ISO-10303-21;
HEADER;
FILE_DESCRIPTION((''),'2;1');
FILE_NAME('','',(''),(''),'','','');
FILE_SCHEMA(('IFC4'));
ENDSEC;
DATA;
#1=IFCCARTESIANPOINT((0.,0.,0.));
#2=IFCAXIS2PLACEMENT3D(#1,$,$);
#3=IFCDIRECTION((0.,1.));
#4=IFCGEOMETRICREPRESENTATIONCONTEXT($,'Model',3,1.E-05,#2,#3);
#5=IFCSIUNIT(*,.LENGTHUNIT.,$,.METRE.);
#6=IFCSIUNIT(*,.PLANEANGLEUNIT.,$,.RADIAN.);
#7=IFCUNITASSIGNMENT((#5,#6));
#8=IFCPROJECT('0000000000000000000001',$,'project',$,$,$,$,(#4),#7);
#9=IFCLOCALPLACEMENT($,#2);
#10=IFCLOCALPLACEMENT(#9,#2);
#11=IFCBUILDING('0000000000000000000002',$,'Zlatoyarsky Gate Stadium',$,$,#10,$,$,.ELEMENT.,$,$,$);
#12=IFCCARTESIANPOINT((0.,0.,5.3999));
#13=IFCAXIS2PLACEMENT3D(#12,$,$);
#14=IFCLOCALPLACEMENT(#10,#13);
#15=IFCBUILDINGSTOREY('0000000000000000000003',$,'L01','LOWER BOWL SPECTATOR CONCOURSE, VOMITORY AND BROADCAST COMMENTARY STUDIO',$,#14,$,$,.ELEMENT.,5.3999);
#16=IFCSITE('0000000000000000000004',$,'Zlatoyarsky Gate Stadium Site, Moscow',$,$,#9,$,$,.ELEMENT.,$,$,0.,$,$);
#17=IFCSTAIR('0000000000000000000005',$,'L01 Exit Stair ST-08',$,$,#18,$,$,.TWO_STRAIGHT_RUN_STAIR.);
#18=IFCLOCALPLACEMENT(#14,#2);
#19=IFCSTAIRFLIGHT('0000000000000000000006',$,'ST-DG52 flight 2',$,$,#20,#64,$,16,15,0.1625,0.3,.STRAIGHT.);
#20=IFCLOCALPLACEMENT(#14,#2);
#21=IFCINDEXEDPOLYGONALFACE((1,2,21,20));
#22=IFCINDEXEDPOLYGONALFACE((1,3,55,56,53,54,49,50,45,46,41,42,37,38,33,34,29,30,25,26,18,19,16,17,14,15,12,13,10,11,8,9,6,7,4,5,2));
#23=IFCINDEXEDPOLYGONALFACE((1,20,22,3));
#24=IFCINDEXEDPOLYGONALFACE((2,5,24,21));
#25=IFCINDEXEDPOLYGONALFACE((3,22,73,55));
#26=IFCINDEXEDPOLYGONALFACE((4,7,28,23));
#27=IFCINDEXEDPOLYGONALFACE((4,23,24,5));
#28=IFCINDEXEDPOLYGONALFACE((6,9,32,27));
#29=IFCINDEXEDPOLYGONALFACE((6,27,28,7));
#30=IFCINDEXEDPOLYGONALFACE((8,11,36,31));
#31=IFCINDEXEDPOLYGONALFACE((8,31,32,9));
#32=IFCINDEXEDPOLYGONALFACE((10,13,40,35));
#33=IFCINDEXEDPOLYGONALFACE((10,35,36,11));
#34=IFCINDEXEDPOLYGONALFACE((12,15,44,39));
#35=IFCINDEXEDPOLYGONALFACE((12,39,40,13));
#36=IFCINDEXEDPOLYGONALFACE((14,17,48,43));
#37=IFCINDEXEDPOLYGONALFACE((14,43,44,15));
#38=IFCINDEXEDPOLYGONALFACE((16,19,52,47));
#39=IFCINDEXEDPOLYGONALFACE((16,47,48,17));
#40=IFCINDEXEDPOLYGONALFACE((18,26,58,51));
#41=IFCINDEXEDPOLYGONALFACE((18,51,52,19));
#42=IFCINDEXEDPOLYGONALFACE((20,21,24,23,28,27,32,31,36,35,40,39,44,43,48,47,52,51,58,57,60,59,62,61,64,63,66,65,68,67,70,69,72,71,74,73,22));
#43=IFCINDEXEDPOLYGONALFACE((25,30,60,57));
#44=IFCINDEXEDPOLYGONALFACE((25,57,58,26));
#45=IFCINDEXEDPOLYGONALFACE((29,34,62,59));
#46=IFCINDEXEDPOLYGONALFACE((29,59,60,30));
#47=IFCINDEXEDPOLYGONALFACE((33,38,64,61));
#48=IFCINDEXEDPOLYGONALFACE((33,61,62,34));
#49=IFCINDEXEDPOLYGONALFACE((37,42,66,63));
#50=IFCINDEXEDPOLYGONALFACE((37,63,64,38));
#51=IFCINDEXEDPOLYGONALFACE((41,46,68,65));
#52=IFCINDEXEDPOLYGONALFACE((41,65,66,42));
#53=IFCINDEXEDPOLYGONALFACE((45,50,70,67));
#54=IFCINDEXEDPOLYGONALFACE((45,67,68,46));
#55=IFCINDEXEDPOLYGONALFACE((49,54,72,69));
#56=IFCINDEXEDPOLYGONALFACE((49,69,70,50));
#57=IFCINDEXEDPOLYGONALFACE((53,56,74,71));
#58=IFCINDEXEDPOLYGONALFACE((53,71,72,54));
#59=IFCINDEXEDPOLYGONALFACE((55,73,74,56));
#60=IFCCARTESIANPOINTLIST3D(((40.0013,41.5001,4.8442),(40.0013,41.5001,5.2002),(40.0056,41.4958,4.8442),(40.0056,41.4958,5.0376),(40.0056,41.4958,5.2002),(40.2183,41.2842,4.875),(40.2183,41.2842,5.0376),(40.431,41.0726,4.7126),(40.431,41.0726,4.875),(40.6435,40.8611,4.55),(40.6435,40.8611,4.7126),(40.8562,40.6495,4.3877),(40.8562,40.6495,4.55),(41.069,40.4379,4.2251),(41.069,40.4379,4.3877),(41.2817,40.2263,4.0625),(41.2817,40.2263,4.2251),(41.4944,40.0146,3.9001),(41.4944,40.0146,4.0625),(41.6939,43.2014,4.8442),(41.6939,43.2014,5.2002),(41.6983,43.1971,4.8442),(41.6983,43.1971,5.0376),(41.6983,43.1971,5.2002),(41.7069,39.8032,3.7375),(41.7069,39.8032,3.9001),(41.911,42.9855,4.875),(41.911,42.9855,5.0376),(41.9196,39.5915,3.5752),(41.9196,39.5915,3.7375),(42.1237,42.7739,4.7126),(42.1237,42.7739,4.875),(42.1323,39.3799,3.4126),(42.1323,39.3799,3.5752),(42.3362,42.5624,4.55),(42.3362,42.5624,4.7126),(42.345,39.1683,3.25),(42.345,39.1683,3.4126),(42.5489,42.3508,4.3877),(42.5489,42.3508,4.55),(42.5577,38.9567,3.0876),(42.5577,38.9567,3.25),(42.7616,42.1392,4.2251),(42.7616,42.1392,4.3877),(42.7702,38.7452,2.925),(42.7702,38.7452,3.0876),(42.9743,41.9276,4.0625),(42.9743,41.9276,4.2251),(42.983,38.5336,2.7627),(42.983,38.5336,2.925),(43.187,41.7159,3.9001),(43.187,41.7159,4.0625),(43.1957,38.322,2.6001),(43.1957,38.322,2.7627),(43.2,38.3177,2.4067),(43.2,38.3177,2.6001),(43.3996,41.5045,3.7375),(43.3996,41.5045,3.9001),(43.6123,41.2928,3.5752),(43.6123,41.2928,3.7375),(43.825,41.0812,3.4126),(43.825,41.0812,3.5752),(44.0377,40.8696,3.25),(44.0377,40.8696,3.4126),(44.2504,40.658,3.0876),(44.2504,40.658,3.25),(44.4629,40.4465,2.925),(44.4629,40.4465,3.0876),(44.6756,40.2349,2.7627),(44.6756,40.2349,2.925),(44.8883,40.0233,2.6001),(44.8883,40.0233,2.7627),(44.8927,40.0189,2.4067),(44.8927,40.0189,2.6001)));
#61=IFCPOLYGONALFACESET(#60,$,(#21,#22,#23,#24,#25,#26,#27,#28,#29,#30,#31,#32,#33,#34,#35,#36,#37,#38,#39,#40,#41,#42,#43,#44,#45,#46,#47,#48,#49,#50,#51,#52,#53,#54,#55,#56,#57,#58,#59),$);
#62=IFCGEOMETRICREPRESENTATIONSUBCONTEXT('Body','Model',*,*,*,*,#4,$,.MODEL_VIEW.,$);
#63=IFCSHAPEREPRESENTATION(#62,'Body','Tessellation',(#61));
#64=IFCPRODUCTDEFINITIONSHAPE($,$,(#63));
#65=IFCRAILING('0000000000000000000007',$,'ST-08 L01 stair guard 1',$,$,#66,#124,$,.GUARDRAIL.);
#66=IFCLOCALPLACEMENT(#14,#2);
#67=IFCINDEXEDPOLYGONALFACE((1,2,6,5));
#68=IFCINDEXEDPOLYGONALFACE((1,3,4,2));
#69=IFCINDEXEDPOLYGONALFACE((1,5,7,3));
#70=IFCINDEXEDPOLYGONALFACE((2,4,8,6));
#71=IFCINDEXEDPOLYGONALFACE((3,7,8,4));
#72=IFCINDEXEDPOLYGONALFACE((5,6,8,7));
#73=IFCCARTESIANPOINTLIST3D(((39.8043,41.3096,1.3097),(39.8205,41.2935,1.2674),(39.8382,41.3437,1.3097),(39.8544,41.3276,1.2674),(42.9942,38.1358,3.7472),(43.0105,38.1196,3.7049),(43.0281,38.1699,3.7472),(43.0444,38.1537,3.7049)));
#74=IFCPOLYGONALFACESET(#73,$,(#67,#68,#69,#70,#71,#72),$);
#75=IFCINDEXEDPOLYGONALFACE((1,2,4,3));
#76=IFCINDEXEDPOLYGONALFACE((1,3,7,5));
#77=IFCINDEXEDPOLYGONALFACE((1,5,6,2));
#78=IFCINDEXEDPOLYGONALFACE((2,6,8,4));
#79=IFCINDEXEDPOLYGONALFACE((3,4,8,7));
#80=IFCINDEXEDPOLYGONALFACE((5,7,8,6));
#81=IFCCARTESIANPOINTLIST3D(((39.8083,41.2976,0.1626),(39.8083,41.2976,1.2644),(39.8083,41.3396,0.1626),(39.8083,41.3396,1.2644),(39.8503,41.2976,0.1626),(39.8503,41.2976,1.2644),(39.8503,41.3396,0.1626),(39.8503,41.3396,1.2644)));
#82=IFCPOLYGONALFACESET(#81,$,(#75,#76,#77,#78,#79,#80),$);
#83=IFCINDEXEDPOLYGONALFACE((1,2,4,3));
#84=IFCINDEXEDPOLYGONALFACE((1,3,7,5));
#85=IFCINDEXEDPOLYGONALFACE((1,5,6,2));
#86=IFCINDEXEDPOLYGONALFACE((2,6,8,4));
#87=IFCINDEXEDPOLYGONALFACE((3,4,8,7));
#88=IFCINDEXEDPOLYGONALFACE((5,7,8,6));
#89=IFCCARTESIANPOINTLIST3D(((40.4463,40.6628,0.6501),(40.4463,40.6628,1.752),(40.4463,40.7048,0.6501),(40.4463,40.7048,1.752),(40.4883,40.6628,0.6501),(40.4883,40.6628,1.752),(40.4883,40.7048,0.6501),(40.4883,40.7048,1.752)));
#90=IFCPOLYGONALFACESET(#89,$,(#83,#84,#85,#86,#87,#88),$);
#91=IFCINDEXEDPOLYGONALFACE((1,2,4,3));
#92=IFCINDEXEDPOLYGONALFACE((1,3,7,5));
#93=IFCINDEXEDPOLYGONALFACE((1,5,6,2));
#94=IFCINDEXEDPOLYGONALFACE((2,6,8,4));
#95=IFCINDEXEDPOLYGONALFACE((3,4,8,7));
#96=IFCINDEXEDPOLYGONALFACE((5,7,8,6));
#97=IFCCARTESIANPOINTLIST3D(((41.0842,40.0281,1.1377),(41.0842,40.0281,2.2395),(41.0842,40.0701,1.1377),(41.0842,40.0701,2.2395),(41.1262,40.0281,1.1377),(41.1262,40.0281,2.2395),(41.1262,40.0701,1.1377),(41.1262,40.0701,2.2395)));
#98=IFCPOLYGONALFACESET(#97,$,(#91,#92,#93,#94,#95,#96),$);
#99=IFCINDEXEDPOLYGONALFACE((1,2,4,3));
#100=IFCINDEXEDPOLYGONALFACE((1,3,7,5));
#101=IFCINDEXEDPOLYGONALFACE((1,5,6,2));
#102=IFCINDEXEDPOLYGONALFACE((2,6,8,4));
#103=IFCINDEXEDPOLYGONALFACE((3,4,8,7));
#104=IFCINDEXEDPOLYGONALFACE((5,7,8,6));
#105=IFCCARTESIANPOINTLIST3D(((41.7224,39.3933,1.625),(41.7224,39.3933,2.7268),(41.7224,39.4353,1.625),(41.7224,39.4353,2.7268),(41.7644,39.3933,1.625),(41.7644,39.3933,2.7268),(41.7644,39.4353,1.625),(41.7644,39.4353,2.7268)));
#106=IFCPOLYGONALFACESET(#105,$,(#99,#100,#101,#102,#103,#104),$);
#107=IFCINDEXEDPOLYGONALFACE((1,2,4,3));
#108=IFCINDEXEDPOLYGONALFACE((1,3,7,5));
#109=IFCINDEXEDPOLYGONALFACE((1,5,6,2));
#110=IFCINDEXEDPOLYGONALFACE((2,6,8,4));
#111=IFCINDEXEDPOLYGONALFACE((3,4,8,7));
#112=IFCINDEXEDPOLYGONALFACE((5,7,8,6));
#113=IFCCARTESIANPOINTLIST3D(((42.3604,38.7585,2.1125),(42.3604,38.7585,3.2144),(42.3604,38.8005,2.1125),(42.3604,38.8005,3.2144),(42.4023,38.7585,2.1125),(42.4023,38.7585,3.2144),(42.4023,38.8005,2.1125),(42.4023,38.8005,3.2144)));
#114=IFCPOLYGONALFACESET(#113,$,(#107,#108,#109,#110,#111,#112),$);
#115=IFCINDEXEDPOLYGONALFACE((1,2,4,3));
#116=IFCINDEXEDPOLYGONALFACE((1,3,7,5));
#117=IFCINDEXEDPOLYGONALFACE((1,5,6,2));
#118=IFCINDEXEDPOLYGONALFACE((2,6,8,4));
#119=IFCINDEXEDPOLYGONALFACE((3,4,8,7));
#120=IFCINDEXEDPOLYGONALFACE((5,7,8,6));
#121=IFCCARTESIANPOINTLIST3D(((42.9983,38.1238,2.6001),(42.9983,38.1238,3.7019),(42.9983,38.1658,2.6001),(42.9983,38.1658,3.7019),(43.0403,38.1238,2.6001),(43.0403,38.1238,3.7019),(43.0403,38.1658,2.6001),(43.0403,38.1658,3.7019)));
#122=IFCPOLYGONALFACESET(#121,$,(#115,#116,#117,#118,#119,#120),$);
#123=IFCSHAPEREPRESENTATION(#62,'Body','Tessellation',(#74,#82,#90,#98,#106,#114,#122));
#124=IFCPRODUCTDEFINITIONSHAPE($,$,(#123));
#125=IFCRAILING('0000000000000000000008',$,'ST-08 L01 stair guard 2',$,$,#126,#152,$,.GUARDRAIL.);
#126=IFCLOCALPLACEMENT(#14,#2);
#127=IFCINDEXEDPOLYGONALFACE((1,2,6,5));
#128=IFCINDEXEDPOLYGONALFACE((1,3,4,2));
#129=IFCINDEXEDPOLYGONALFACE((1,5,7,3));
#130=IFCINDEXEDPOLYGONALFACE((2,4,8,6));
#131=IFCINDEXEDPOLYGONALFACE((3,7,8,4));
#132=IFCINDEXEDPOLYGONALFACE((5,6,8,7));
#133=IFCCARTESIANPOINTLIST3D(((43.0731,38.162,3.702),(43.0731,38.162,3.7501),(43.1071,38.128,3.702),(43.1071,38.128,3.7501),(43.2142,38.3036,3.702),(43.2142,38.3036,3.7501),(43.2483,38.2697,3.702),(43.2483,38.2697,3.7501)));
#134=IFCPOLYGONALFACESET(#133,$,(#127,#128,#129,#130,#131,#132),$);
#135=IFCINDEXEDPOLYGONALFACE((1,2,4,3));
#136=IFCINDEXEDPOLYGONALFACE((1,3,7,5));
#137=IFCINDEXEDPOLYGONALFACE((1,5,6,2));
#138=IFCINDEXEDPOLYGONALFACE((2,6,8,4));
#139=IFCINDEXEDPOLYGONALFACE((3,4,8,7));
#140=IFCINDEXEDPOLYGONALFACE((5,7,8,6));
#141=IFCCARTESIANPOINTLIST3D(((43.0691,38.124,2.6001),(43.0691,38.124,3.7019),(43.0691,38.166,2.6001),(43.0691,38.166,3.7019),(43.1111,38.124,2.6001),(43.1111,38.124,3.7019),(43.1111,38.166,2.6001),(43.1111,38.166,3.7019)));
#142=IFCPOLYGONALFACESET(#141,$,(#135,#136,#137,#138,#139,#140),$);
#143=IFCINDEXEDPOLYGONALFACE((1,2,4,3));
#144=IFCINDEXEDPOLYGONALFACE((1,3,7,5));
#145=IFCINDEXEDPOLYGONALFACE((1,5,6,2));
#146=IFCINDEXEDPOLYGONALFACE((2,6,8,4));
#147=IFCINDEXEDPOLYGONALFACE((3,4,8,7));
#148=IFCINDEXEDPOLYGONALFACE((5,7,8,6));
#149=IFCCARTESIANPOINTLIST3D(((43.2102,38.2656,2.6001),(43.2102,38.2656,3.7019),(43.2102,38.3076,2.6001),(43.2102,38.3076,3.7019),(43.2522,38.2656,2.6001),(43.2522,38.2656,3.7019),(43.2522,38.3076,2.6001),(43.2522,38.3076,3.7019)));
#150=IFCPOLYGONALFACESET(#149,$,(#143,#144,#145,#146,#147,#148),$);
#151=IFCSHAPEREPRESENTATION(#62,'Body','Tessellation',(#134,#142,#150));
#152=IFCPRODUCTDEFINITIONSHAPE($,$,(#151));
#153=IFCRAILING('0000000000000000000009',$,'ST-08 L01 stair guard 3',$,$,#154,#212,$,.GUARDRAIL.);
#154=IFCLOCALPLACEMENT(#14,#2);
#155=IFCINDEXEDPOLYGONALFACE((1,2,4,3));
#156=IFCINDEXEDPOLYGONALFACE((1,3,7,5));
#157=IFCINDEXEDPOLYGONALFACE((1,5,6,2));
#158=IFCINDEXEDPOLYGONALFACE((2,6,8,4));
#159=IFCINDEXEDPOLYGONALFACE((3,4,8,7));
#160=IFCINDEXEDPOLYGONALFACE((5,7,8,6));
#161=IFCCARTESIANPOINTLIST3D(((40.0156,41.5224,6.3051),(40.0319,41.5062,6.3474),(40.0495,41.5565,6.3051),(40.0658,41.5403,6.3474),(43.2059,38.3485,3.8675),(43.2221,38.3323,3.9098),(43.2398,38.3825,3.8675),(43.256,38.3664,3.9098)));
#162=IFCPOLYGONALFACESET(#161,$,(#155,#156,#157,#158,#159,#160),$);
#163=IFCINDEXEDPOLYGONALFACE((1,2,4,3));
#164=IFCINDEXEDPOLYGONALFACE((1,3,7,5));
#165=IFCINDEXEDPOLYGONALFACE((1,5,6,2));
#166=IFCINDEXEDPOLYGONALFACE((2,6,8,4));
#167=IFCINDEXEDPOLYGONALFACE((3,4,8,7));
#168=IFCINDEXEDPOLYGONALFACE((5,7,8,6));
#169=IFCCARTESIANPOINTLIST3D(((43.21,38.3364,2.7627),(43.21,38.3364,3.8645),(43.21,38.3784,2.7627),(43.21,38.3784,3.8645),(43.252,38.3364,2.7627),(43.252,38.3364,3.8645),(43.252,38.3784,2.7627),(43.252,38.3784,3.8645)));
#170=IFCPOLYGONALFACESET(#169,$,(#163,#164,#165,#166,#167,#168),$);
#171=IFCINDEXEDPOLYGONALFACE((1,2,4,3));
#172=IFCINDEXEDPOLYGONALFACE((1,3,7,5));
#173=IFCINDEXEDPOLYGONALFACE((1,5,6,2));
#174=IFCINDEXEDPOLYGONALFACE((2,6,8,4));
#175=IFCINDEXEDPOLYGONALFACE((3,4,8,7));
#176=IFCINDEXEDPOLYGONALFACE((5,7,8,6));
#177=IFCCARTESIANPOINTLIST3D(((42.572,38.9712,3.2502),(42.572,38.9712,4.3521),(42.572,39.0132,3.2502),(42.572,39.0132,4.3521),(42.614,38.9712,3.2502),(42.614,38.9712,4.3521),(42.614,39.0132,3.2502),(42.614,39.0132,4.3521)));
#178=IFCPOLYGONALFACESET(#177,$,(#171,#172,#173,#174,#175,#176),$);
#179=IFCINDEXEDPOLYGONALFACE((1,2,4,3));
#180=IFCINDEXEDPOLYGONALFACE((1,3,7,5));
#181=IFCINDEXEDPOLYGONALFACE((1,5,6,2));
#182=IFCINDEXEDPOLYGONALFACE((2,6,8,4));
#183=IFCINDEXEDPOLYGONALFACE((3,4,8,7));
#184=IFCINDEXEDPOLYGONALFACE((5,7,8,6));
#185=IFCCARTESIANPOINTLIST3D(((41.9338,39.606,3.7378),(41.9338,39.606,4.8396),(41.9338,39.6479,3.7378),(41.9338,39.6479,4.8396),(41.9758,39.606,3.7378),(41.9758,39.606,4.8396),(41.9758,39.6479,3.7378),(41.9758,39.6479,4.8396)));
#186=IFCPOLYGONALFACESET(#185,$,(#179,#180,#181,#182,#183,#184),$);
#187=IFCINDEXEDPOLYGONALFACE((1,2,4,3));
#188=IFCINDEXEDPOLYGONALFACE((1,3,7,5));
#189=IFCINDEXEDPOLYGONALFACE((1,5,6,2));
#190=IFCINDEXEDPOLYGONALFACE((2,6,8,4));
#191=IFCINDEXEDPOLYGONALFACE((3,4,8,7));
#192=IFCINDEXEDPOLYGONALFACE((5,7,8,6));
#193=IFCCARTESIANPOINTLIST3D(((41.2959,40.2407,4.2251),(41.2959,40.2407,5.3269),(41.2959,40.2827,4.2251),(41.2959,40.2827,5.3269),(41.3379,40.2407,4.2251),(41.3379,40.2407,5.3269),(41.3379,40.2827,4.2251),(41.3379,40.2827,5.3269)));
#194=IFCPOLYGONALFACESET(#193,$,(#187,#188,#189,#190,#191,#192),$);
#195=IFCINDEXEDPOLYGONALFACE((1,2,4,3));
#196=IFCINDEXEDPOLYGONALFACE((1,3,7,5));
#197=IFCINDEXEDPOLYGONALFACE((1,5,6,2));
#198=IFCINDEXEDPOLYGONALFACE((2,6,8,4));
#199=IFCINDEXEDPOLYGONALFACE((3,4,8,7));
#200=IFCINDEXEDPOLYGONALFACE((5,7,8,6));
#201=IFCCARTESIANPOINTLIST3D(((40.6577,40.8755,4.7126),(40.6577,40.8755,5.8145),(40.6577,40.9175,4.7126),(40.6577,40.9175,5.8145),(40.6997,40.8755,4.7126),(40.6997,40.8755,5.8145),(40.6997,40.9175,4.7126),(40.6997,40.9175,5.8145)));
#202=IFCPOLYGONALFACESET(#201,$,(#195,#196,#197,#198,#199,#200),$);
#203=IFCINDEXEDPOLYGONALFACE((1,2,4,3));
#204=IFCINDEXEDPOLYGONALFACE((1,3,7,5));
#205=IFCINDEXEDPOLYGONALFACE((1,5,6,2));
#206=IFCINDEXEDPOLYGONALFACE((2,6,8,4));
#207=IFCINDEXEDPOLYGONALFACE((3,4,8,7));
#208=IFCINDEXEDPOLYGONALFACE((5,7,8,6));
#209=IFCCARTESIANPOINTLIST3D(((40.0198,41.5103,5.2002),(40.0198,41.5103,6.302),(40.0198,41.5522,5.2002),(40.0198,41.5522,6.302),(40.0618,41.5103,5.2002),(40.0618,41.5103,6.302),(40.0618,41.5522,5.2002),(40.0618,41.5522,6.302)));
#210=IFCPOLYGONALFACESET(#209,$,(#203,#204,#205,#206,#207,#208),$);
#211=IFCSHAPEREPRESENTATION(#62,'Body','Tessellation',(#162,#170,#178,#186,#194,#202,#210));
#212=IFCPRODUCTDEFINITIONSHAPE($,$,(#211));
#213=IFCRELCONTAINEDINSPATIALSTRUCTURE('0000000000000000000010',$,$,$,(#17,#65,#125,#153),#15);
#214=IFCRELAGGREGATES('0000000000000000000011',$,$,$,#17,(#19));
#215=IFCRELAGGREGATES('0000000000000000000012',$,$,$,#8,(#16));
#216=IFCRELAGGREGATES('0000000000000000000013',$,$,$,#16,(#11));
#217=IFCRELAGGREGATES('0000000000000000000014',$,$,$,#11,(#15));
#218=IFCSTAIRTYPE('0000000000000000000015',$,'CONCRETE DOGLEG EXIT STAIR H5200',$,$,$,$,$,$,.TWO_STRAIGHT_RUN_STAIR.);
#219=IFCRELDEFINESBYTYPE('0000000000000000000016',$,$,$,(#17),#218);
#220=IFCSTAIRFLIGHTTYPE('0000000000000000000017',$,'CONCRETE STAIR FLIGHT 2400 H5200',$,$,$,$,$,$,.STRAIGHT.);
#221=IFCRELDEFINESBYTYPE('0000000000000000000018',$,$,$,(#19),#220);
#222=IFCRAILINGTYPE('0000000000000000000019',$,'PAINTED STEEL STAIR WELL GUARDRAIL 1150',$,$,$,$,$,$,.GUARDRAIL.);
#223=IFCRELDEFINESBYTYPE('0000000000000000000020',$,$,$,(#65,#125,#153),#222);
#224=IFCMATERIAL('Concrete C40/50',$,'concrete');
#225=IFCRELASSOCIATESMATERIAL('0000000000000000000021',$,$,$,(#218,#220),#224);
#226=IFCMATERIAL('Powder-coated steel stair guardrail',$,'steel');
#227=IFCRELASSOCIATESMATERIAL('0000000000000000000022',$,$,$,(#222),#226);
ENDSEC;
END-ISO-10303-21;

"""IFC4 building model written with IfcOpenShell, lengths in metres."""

from ifc_helpers import new_model, si_unit, direction, frame, origin, origin_2d, place, context, subcontext, project, spatial, polyline, rectangle, outline, extrude, material, type_object, element, aggregate, save


model = new_model("IFC4")

# Units and contexts
model_context = context("Model", 3, precision=1e-05, world=origin(), true_north=direction((0.0, 1.0)))
body_context = subcontext(model_context, "Body", "Model", "MODEL_VIEW")
ifc_project = project(units=[si_unit("LENGTHUNIT", "METRE"), si_unit("PLANEANGLEUNIT", "RADIAN")], contexts=[model_context])

# Site, building, storey
site_placement = place(None, origin())
site = spatial("IfcSite", under=ifc_project, at=site_placement, Name="Zlatoyarsky Gate Stadium Site, Moscow", CompositionType="ELEMENT", RefElevation=0.0)
building_placement = place(site_placement, origin())
building = spatial("IfcBuilding", under=site, at=building_placement, Name="Zlatoyarsky Gate Stadium", CompositionType="ELEMENT")
storey_placement = place(building_placement, frame((0.0, 0.0, 5.3999)))
storey = spatial("IfcBuildingStorey", under=building, at=storey_placement, Name="L01", Description="LOWER BOWL SPECTATOR CONCOURSE, VOMITORY AND BROADCAST COMMENTARY STUDIO", CompositionType="ELEMENT", Elevation=5.3999)

# Shared definitions
ifc_material_1 = material(Name="Concrete C40/50", Category="concrete")

# Stair, stair flight
stair_type = type_object("IfcStairType", Name="CONCRETE DOGLEG EXIT STAIR H5200", PredefinedType="TWO_STRAIGHT_RUN_STAIR", material=ifc_material_1)
stair_placement = place(storey_placement, origin())
stair = element("IfcStair", 1, at=stair_placement, inside=storey, type_object=stair_type, Name="L01 Exit Stair ST-08", PredefinedType="TWO_STRAIGHT_RUN_STAIR")
stair_flight_type = type_object("IfcStairFlightType", Name="CONCRETE STAIR FLIGHT 2400 H5200", PredefinedType="STRAIGHT", material=ifc_material_1)
stair_flight_placement = place(storey_placement, frame((44.042, 39.1726, 2.6001), z_axis=(0.0, 0.0, 1.0), x_axis=(-0.708901, 0.705308, 0.0)))
stair_flight = element("IfcStairFlight", 2, at=stair_flight_placement, type_object=stair_flight_type, Name="ST-DG52 flight 2", NumberOfRisers=16, NumberOfTreads=15, PredefinedType="STRAIGHT", RiserHeight=0.1625, TreadLength=0.3, context=body_context, shape_type="SweptSolid", body=[
    extrude(outline(polyline([(-0.0061, -0.1934), (-0.0061, 0.0), (0.0, 0.0), (0.0, 0.1626), (0.3, 0.1626), (0.3, 0.325), (0.6001, 0.325), (0.6001, 0.4875), (0.8999, 0.4875), (0.8999, 0.6499), (1.2, 0.6499), (1.2, 0.8125), (1.5, 0.8125), (1.5, 0.9751), (1.8, 0.9751), (1.8, 1.1375), (2.1001, 1.1375), (2.1001, 1.3), (2.3999, 1.3), (2.3999, 1.4624), (2.7, 1.4624), (2.7, 1.625), (3.0, 1.625), (3.0, 1.7876), (3.3, 1.7876), (3.3, 1.95), (3.6001, 1.95), (3.6001, 2.1125), (3.8999, 2.1125), (3.8999, 2.2749), (4.2, 2.2749), (4.2, 2.4375), (4.5, 2.4375), (4.5, 2.6001), (4.5061, 2.6001), (4.5061, 2.2441), (4.5, 2.2441), (-0.0061, -0.1934)])), frame((0.0, 1.2, 0.0), z_axis=(0.0, -1.0, 0.0), x_axis=(1.0, 0.0, 0.0)), (0.0, 0.0, 1.0), 2.3999),
])
aggregate(stair, [stair_flight])

# Railings
ifc_material_2 = material(Name="Powder-coated steel stair guardrail", Category="steel")
railing_type_1 = type_object("IfcRailingType", Name="PAINTED STEEL STAIR WELL GUARDRAIL 1150", PredefinedType="GUARDRAIL", material=ifc_material_2)
railing_1_placement = place(storey_placement, frame((39.8293, 41.3186, 0.1626)))
element("IfcRailing", 3, at=railing_1_placement, inside=storey, type_object=railing_type_1, Name="ST-08 L01 stair guard 1", PredefinedType="GUARDRAIL", context=body_context, shape_type="SweptSolid", body=[
    extrude(rectangle(XDim=0.0481, YDim=0.0481, at=origin_2d()), frame((0.0, 0.0, 1.126), z_axis=(0.623322, -0.620173, 0.476293), x_axis=(0.705314, 0.708895, 0.0)), (0.0, 0.0, 1.0), 5.1177),
    extrude(rectangle(XDim=0.042, YDim=0.042, at=origin_2d()), origin(), (0.0, 0.0, 1.0), 1.1018),
    extrude(rectangle(XDim=0.042, YDim=0.042, at=origin_2d()), frame((0.6379, -0.6348, 0.4875)), (0.0, 0.0, 1.0), 1.1018),
    extrude(rectangle(XDim=0.042, YDim=0.042, at=origin_2d()), frame((1.2759, -1.2695, 0.9751)), (0.0, 0.0, 1.0), 1.1018),
    extrude(rectangle(XDim=0.042, YDim=0.042, at=origin_2d()), frame((1.9141, -1.9043, 1.4624)), (0.0, 0.0, 1.0), 1.1018),
    extrude(rectangle(XDim=0.042, YDim=0.042, at=origin_2d()), frame((2.552, -2.5391, 1.95)), (0.0, 0.0, 1.0), 1.1018),
    extrude(rectangle(XDim=0.042, YDim=0.042, at=origin_2d()), frame((3.1899, -3.1738, 2.4375)), (0.0, 0.0, 1.0), 1.1018),
])
railing_2_placement = place(storey_placement, frame((43.0901, 38.145, 2.6001)))
element("IfcRailing", 4, at=railing_2_placement, inside=storey, type_object=railing_type_1, Name="ST-08 L01 stair guard 2", PredefinedType="GUARDRAIL", context=body_context, shape_type="SweptSolid", body=[
    extrude(rectangle(XDim=0.0481, YDim=0.0481, at=origin_2d()), frame((0.0, 0.0, 1.126), z_axis=(0.705884, 0.708327, 0.0), x_axis=(-0.708327, 0.705884, 0.0)), (0.0, 0.0, 1.0), 0.2),
    extrude(rectangle(XDim=0.042, YDim=0.042, at=origin_2d()), origin(), (0.0, 0.0, 1.0), 1.1018),
    extrude(rectangle(XDim=0.042, YDim=0.042, at=origin_2d()), frame((0.1411, 0.1416, 0.0)), (0.0, 0.0, 1.0), 1.1018),
])
railing_3_placement = place(storey_placement, frame((43.231, 38.3574, 2.7627)))
element("IfcRailing", 5, at=railing_3_placement, inside=storey, type_object=railing_type_1, Name="ST-08 L01 stair guard 3", PredefinedType="GUARDRAIL", context=body_context, shape_type="SweptSolid", body=[
    extrude(rectangle(XDim=0.0481, YDim=0.0481, at=origin_2d()), frame((0.0, 0.0, 1.126), z_axis=(-0.623351, 0.620155, 0.476279), x_axis=(-0.705287, -0.708922, 0.0)), (0.0, 0.0, 1.0), 5.1179),
    extrude(rectangle(XDim=0.042, YDim=0.042, at=origin_2d()), origin(), (0.0, 0.0, 1.0), 1.1018),
    extrude(rectangle(XDim=0.042, YDim=0.042, at=origin_2d()), frame((-0.6379, 0.6348, 0.4875)), (0.0, 0.0, 1.0), 1.1018),
    extrude(rectangle(XDim=0.042, YDim=0.042, at=origin_2d()), frame((-1.2761, 1.2695, 0.9751)), (0.0, 0.0, 1.0), 1.1018),
    extrude(rectangle(XDim=0.042, YDim=0.042, at=origin_2d()), frame((-1.9141, 1.9043, 1.4624)), (0.0, 0.0, 1.0), 1.1018),
    extrude(rectangle(XDim=0.042, YDim=0.042, at=origin_2d()), frame((-2.5522, 2.5391, 1.95)), (0.0, 0.0, 1.0), 1.1018),
    extrude(rectangle(XDim=0.042, YDim=0.042, at=origin_2d()), frame((-3.1902, 3.1738, 2.4375)), (0.0, 0.0, 1.0), 1.1018),
])

save(model, "model.ifc")
